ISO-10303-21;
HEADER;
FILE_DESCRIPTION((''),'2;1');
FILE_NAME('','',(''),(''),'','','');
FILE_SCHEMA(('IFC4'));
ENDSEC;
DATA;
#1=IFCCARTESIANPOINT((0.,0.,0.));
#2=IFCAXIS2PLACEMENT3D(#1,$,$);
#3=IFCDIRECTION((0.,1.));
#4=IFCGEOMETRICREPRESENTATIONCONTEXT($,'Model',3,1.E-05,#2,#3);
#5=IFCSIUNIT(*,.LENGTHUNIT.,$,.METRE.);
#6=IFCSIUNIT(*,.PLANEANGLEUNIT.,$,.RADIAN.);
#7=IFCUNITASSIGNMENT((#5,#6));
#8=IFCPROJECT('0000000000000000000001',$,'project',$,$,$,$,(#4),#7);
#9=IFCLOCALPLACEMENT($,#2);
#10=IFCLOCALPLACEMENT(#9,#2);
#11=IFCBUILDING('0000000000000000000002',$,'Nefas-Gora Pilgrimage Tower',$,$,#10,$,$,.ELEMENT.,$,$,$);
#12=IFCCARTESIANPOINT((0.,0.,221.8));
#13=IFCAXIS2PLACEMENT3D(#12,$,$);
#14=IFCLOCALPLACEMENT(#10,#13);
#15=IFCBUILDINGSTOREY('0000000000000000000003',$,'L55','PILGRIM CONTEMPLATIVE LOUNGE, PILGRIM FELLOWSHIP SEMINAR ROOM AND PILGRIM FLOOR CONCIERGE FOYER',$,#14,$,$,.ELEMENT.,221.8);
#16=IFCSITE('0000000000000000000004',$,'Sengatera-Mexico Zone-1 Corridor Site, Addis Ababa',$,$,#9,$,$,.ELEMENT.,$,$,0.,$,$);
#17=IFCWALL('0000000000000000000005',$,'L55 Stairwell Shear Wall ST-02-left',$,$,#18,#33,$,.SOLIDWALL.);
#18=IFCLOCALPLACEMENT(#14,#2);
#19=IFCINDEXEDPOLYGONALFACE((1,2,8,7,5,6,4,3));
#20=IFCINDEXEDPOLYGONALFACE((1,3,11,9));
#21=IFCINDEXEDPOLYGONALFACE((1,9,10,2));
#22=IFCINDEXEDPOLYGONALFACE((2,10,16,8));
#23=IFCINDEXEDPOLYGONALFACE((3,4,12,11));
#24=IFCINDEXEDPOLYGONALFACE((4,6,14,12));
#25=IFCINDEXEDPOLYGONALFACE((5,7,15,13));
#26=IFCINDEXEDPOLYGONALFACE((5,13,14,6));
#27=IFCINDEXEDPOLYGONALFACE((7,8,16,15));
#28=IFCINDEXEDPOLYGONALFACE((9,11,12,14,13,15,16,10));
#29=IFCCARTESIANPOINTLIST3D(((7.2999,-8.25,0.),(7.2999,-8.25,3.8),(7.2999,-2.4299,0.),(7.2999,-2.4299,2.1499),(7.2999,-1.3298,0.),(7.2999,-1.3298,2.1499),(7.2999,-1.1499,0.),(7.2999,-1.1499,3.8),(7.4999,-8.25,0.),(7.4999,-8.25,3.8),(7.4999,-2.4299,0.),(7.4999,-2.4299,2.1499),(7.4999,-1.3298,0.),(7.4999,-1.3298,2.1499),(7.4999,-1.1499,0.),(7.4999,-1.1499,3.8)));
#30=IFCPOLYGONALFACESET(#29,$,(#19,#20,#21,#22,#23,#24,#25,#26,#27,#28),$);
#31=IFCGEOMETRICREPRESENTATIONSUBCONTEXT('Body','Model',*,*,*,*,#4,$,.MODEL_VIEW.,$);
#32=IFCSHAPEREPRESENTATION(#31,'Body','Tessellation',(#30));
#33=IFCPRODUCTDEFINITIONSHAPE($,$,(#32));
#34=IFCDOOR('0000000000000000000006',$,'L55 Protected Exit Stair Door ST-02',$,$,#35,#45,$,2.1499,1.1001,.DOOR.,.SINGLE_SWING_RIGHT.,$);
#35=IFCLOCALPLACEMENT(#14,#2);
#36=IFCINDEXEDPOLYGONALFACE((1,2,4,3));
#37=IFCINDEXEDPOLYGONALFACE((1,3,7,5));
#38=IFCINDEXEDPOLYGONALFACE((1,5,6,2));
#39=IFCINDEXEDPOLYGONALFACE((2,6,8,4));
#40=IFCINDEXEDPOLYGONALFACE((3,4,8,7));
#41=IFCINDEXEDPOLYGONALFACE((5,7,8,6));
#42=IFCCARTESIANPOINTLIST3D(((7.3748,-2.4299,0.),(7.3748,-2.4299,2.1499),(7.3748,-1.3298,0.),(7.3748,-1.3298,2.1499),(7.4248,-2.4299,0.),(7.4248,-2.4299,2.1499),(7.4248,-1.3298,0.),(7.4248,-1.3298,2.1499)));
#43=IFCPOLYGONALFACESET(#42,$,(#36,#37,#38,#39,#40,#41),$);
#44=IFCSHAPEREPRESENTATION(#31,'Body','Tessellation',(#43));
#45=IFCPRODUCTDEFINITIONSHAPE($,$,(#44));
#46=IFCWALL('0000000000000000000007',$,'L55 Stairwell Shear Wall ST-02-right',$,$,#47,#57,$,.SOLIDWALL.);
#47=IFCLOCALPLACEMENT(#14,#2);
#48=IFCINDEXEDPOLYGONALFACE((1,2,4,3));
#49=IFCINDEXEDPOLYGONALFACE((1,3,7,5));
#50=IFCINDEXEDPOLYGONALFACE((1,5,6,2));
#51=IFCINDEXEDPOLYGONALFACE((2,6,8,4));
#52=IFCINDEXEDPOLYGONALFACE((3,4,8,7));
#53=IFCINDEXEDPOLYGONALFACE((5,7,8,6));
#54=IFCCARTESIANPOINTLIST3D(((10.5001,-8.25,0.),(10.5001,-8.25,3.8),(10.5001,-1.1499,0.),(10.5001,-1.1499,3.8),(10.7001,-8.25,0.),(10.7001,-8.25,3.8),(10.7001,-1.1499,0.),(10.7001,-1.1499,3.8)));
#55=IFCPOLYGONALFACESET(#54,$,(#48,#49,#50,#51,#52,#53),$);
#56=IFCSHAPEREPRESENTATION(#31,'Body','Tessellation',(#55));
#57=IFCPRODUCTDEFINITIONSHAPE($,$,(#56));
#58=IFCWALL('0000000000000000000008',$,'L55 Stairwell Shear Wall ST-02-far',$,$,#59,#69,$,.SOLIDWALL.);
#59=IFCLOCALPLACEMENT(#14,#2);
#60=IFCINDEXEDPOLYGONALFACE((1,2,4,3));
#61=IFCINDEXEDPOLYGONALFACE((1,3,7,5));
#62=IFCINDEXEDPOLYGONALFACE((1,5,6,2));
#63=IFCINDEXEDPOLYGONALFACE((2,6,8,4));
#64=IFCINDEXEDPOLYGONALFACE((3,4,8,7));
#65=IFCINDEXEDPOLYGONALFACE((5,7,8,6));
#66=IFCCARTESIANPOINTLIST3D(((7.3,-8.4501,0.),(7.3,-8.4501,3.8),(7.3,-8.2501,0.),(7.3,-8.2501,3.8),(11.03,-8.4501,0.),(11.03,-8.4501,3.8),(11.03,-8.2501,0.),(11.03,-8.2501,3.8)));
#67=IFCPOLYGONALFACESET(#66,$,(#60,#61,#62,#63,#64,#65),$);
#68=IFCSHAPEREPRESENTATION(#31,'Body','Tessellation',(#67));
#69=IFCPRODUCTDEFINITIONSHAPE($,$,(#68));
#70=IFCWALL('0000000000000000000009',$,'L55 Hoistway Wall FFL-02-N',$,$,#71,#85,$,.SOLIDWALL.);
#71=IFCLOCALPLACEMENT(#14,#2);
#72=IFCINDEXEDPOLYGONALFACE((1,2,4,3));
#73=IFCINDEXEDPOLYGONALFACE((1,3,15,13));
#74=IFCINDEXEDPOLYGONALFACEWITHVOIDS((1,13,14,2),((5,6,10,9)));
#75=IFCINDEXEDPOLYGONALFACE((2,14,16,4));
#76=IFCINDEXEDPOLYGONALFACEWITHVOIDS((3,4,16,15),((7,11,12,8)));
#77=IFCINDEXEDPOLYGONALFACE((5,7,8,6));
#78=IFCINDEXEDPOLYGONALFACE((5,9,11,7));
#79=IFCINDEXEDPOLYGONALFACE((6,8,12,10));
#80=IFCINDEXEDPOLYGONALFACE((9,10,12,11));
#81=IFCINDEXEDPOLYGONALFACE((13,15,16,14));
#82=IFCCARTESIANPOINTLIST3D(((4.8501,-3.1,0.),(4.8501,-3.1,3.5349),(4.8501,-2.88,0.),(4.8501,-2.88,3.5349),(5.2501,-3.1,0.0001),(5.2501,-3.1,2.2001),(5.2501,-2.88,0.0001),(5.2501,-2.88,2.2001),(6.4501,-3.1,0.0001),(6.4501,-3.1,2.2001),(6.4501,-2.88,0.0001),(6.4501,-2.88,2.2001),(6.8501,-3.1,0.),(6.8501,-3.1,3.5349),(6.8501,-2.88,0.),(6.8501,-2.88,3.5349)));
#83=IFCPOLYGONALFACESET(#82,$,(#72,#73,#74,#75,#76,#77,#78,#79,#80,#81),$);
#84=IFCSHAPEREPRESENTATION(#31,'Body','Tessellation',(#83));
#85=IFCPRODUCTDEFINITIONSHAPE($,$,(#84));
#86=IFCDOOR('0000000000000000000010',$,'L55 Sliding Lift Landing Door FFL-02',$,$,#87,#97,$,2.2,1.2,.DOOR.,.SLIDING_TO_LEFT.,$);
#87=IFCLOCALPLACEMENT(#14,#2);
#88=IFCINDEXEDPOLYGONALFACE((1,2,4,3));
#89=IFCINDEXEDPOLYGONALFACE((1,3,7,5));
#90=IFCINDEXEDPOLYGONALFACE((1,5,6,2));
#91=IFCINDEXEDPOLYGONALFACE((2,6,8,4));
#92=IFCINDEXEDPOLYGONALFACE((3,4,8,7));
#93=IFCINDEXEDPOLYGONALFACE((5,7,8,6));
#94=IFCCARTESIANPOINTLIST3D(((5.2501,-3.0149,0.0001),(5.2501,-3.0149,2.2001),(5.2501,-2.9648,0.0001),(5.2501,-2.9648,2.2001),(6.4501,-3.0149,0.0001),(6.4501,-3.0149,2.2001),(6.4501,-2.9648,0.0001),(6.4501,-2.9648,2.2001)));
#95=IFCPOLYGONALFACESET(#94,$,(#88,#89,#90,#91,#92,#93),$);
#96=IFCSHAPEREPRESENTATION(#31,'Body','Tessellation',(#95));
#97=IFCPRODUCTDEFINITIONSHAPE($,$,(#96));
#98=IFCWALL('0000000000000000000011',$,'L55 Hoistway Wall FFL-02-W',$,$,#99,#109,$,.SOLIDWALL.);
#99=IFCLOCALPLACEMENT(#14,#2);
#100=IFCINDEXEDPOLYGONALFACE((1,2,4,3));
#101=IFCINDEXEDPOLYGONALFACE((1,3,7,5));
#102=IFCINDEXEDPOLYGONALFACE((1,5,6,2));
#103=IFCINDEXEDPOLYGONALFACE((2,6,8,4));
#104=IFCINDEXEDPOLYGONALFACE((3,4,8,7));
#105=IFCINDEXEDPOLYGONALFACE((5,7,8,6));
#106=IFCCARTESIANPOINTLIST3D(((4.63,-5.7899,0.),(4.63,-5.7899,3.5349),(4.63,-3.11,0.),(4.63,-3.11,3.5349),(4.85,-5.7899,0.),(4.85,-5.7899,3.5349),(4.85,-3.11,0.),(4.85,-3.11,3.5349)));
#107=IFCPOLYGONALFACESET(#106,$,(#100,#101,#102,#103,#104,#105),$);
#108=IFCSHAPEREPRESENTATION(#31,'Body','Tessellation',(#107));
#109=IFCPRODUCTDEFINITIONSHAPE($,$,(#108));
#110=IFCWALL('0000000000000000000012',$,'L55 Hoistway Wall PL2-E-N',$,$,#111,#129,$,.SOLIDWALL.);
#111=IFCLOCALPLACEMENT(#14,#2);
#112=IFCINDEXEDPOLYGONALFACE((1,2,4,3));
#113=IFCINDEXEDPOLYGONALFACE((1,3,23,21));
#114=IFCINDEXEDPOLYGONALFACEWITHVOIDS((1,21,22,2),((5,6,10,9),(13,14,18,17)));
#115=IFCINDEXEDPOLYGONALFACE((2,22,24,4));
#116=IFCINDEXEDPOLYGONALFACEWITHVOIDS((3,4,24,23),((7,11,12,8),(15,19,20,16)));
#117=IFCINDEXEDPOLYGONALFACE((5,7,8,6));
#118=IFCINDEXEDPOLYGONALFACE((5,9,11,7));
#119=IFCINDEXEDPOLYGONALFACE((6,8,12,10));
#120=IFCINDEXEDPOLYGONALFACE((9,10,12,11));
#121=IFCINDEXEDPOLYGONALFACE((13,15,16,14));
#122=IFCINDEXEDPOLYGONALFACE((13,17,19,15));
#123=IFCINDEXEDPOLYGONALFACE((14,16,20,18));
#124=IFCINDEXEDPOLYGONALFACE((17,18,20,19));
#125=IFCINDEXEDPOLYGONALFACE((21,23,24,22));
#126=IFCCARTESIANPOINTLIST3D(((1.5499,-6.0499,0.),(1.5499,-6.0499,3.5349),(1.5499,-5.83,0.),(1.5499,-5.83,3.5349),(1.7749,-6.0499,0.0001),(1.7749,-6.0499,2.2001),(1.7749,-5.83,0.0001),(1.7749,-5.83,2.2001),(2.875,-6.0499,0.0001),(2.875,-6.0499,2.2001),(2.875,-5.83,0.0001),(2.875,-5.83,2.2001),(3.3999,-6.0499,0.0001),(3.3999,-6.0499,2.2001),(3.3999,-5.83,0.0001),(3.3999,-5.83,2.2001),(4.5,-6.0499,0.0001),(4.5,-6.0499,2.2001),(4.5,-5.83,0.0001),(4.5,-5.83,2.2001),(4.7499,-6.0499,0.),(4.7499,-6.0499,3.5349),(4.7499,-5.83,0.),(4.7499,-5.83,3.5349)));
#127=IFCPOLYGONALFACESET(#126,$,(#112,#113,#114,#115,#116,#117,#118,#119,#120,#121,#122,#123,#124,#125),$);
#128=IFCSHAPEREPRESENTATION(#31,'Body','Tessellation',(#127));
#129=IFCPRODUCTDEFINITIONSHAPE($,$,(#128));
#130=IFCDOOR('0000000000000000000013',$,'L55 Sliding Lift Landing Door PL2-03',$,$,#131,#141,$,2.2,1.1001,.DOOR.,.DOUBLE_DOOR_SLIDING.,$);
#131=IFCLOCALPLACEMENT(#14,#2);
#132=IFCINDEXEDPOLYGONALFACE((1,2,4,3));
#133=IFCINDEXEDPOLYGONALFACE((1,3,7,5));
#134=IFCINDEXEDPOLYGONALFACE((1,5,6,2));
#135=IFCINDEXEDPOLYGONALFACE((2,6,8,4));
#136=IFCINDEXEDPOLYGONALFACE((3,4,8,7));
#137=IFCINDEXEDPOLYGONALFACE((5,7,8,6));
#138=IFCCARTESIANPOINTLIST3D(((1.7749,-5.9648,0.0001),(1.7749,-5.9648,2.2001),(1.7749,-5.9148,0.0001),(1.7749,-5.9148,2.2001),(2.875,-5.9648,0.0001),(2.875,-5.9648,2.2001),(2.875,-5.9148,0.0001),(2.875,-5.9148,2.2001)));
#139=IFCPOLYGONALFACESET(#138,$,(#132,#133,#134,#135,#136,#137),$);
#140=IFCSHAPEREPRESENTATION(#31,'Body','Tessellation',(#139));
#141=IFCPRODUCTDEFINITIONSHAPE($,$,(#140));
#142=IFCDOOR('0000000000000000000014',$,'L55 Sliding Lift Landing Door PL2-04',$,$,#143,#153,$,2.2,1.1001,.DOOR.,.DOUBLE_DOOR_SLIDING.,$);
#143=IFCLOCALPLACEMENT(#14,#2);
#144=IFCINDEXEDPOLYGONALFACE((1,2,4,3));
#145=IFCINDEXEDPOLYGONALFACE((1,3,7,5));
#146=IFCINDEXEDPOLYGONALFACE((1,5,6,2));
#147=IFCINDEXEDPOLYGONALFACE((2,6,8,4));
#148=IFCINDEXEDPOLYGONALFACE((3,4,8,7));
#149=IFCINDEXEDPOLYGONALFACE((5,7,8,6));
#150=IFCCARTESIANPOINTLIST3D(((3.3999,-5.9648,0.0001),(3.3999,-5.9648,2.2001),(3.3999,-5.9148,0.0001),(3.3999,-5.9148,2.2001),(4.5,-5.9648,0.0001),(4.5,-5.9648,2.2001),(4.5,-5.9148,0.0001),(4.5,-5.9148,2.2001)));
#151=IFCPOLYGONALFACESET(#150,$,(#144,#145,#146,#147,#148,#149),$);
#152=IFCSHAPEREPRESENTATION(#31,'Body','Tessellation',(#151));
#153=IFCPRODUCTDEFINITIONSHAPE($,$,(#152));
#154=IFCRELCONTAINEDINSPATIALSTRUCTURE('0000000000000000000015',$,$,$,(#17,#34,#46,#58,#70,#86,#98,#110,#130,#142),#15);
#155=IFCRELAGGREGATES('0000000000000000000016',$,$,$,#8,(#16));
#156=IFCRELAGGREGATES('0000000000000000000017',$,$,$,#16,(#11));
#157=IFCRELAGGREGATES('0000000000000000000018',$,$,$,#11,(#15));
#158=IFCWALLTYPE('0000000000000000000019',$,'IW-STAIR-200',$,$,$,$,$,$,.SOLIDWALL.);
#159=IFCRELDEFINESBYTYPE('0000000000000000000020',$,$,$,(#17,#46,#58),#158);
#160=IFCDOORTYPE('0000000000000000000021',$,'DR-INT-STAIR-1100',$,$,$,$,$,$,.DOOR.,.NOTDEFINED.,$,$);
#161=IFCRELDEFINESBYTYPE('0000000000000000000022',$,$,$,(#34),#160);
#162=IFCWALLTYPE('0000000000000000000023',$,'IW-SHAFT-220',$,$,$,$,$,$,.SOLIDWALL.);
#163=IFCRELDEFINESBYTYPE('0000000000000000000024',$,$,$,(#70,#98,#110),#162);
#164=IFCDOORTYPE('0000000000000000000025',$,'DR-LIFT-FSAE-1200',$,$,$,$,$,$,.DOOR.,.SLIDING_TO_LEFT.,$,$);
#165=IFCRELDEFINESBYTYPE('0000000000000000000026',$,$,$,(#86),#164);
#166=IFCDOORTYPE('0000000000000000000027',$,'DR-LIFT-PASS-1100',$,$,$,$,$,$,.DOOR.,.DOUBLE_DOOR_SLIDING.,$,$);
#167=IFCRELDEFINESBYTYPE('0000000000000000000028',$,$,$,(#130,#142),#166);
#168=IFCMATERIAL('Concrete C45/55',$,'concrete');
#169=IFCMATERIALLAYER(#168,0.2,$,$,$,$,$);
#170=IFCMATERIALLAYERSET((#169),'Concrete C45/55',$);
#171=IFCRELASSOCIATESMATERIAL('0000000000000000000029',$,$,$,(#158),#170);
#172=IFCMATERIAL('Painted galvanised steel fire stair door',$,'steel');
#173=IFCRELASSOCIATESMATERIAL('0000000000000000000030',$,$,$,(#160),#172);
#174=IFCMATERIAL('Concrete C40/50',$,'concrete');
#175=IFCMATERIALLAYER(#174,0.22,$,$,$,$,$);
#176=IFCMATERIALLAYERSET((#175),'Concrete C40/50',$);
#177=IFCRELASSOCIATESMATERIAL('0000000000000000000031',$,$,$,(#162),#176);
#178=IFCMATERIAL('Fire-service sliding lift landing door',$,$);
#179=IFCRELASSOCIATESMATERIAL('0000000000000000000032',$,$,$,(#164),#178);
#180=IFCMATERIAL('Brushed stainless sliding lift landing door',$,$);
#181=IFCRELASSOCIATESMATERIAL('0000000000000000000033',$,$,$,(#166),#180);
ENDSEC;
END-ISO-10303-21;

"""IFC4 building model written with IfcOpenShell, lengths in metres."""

from ifc_helpers import new_model, si_unit, direction, frame, frame_2d, origin, place, context, subcontext, project, spatial, rectangle, extrude, source, transform, mapped, material, layer, layer_set, type_object, element, fill, save


model = new_model("IFC4")

# Units and contexts
model_context = context("Model", 3, precision=1e-05, world=origin(), true_north=direction((0.0, 1.0)))
body_context = subcontext(model_context, "Body", "Model", "MODEL_VIEW")
ifc_project = project(units=[si_unit("LENGTHUNIT", "METRE"), si_unit("PLANEANGLEUNIT", "RADIAN")], contexts=[model_context])

# Site, building, storey
site_placement = place(None, origin())
site = spatial("IfcSite", under=ifc_project, at=site_placement, Name="Sengatera-Mexico Zone-1 Corridor Site, Addis Ababa", CompositionType="ELEMENT", RefElevation=0.0)
building_placement = place(site_placement, origin())
building = spatial("IfcBuilding", under=site, at=building_placement, Name="Nefas-Gora Pilgrimage Tower", CompositionType="ELEMENT")
storey_placement = place(building_placement, frame((0.0, 0.0, 221.8)))
storey = spatial("IfcBuildingStorey", under=building, at=storey_placement, Name="L55", Description="PILGRIM CONTEMPLATIVE LOUNGE, PILGRIM FELLOWSHIP SEMINAR ROOM AND PILGRIM FLOOR CONCIERGE FOYER", CompositionType="ELEMENT", Elevation=221.8)

# Wall, opening, door
ifc_material_1 = material(Name="Concrete C45/55", Category="concrete")
ifc_layer_1 = layer(ifc_material_1, 0.2)
ifc_layer_set_1 = layer_set([ifc_layer_1], Name="Concrete C45/55")
wall_type_1 = type_object("IfcWallType", Name="IW-STAIR-200", PredefinedType="SOLIDWALL", material=ifc_layer_set_1)
shared_shape_1 = source(origin(), body_context, "Body", "SweptSolid", [
    extrude(rectangle(XDim=7.1001, YDim=0.2, at=frame_2d((3.55, 0.0))), origin(), (0.0, 0.0, 1.0), 3.8),
])
wall_1_placement = place(storey_placement, frame((7.3999, -1.1499, 0.0), z_axis=(0.0, 0.0, 1.0), x_axis=(0.0, -1.0, 0.0)))
wall_1 = element("IfcWall", 1, at=wall_1_placement, inside=storey, type_object=wall_type_1, Name="L55 Stairwell Shear Wall ST-02-left", PredefinedType="SOLIDWALL", context=body_context, shape_type="MappedRepresentation", body=[
    mapped(shared_shape_1, transform((0.0, 0.0, 0.0), x_axis=(1.0, 0.0, 0.0), y_axis=(0.0, 1.0, 0.0), z_axis=(0.0, 0.0, 1.0), scale=1.0)),
])
opening_1_placement = place(wall_1_placement, frame((0.1799, 0.0, 0.0)))
opening_1 = element("IfcOpeningElement", 2, at=opening_1_placement, cuts=wall_1, PredefinedType="OPENING", context=body_context, shape_type="SweptSolid", body=[
    extrude(rectangle(XDim=1.1001, YDim=2.1499, at=frame_2d((0.55, 1.075))), frame((0.0, 0.1099, 0.0), z_axis=(0.0, -1.0, 0.0), x_axis=(1.0, 0.0, 0.0)), (0.0, 0.0, 1.0), 0.22),
])
ifc_material_2 = material(Name="Painted galvanised steel fire stair door", Category="steel")
door_type_1 = type_object("IfcDoorType", Name="DR-INT-STAIR-1100", OperationType="NOTDEFINED", PredefinedType="DOOR", material=ifc_material_2)
shared_shape_2 = source(origin(), body_context, "Body", "SweptSolid", [
    extrude(rectangle(XDim=1.1001, YDim=2.1499, at=frame_2d((0.55, 1.075))), frame((0.0, 0.0249, 0.0), z_axis=(0.0, -1.0, 0.0), x_axis=(1.0, 0.0, 0.0)), (0.0, 0.0, 1.0), 0.05),
])
door_1_placement = place(opening_1_placement, origin())
door_1 = element("IfcDoor", 3, at=door_1_placement, inside=storey, type_object=door_type_1, Name="L55 Protected Exit Stair Door ST-02", OperationType="SINGLE_SWING_RIGHT", OverallHeight=2.1499, OverallWidth=1.1001, PredefinedType="DOOR", context=body_context, shape_type="MappedRepresentation", body=[
    mapped(shared_shape_2, transform((0.0, 0.0, 0.0), x_axis=(1.0, 0.0, 0.0), y_axis=(0.0, 1.0, 0.0), z_axis=(0.0, 0.0, 1.0), scale=1.0)),
])
fill(opening_1, door_1)

# Walls
wall_2_placement = place(storey_placement, frame((10.6001, -1.1499, 0.0), z_axis=(0.0, 0.0, 1.0), x_axis=(0.0, -1.0, 0.0)))
element("IfcWall", 4, at=wall_2_placement, inside=storey, type_object=wall_type_1, Name="L55 Stairwell Shear Wall ST-02-right", PredefinedType="SOLIDWALL", context=body_context, shape_type="MappedRepresentation", body=[
    mapped(shared_shape_1, transform((0.0, 0.0, 0.0), x_axis=(1.0, 0.0, 0.0), y_axis=(0.0, 1.0, 0.0), z_axis=(0.0, 0.0, 1.0), scale=1.0)),
])
shared_shape_3 = source(origin(), body_context, "Body", "SweptSolid", [
    extrude(rectangle(XDim=3.73, YDim=0.2, at=frame_2d((1.865, 0.0))), origin(), (0.0, 0.0, 1.0), 3.8),
])
wall_3_placement = place(storey_placement, frame((7.3, -8.3501, 0.0), z_axis=(0.0, 0.0, 1.0), x_axis=(1.0, 0.0, 0.0)))
element("IfcWall", 5, at=wall_3_placement, inside=storey, type_object=wall_type_1, Name="L55 Stairwell Shear Wall ST-02-far", PredefinedType="SOLIDWALL", context=body_context, shape_type="MappedRepresentation", body=[
    mapped(shared_shape_3, transform((0.0, 0.0, 0.0), x_axis=(1.0, 0.0, 0.0), y_axis=(0.0, 1.0, 0.0), z_axis=(0.0, 0.0, 1.0), scale=1.0)),
])

# Wall, opening, door
ifc_material_3 = material(Name="Concrete C40/50", Category="concrete")
ifc_layer_2 = layer(ifc_material_3, 0.22)
ifc_layer_set_2 = layer_set([ifc_layer_2], Name="Concrete C40/50")
wall_type_2 = type_object("IfcWallType", Name="IW-SHAFT-220", PredefinedType="SOLIDWALL", material=ifc_layer_set_2)
shared_shape_4 = source(origin(), body_context, "Body", "SweptSolid", [
    extrude(rectangle(XDim=2.0, YDim=0.22, at=frame_2d((1.0, 0.0))), origin(), (0.0, 0.0, 1.0), 3.5349),
])
wall_4_placement = place(storey_placement, frame((6.8501, -2.99, 0.0), z_axis=(0.0, 0.0, 1.0), x_axis=(-1.0, 0.0, 0.0)))
wall_4 = element("IfcWall", 6, at=wall_4_placement, inside=storey, type_object=wall_type_2, Name="L55 Hoistway Wall FFL-02-N", PredefinedType="SOLIDWALL", context=body_context, shape_type="MappedRepresentation", body=[
    mapped(shared_shape_4, transform((0.0, 0.0, 0.0), x_axis=(1.0, 0.0, 0.0), y_axis=(0.0, 1.0, 0.0), z_axis=(0.0, 0.0, 1.0), scale=1.0)),
])
opening_2_placement = place(wall_4_placement, frame((0.3999, 0.0, 0.0)))
opening_2 = element("IfcOpeningElement", 7, at=opening_2_placement, cuts=wall_4, PredefinedType="OPENING", context=body_context, shape_type="SweptSolid", body=[
    extrude(rectangle(XDim=1.2, YDim=2.2, at=frame_2d((0.6001, 1.1001))), frame((0.0, 0.1199, 0.0), z_axis=(0.0, -1.0, 0.0), x_axis=(1.0, 0.0, 0.0)), (0.0, 0.0, 1.0), 0.24),
])
ifc_material_4 = material(Name="Fire-service sliding lift landing door")
door_type_2 = type_object("IfcDoorType", Name="DR-LIFT-FSAE-1200", OperationType="SLIDING_TO_LEFT", PredefinedType="DOOR", material=ifc_material_4)
shared_shape_5 = source(origin(), body_context, "Body", "SweptSolid", [
    extrude(rectangle(XDim=1.2, YDim=2.2, at=frame_2d((0.6001, 1.1001))), frame((0.0, 0.0249, 0.0), z_axis=(0.0, -1.0, 0.0), x_axis=(1.0, 0.0, 0.0)), (0.0, 0.0, 1.0), 0.05),
])
door_2_placement = place(opening_2_placement, origin())
door_2 = element("IfcDoor", 8, at=door_2_placement, inside=storey, type_object=door_type_2, Name="L55 Sliding Lift Landing Door FFL-02", OperationType="SLIDING_TO_LEFT", OverallHeight=2.2, OverallWidth=1.2, PredefinedType="DOOR", context=body_context, shape_type="MappedRepresentation", body=[
    mapped(shared_shape_5, transform((0.0, 0.0, 0.0), x_axis=(1.0, 0.0, 0.0), y_axis=(0.0, 1.0, 0.0), z_axis=(0.0, 0.0, 1.0), scale=1.0)),
])
fill(opening_2, door_2)

# Wall
shared_shape_6 = source(origin(), body_context, "Body", "SweptSolid", [
    extrude(rectangle(XDim=2.6799, YDim=0.22, at=frame_2d((1.3398, 0.0))), origin(), (0.0, 0.0, 1.0), 3.5349),
])
wall_5_placement = place(storey_placement, frame((4.74, -3.1101, 0.0), z_axis=(0.0, 0.0, 1.0), x_axis=(0.0, -1.0, 0.0)))
element("IfcWall", 9, at=wall_5_placement, inside=storey, type_object=wall_type_2, Name="L55 Hoistway Wall FFL-02-W", PredefinedType="SOLIDWALL", context=body_context, shape_type="MappedRepresentation", body=[
    mapped(shared_shape_6, transform((0.0, 0.0, 0.0), x_axis=(1.0, 0.0, 0.0), y_axis=(0.0, 1.0, 0.0), z_axis=(0.0, 0.0, 1.0), scale=1.0)),
])

# Wall, openings, doors
shared_shape_7 = source(origin(), body_context, "Body", "SweptSolid", [
    extrude(rectangle(XDim=3.2, YDim=0.22, at=frame_2d((1.6001, 0.0))), origin(), (0.0, 0.0, 1.0), 3.5349),
])
wall_6_placement = place(storey_placement, frame((4.75, -5.9399, 0.0), z_axis=(0.0, 0.0, 1.0), x_axis=(-1.0, 0.0, 0.0)))
wall_6 = element("IfcWall", 10, at=wall_6_placement, inside=storey, type_object=wall_type_2, Name="L55 Hoistway Wall PL2-E-N", PredefinedType="SOLIDWALL", context=body_context, shape_type="MappedRepresentation", body=[
    mapped(shared_shape_7, transform((0.0, 0.0, 0.0), x_axis=(1.0, 0.0, 0.0), y_axis=(0.0, 1.0, 0.0), z_axis=(0.0, 0.0, 1.0), scale=1.0)),
])
opening_3_placement = place(wall_6_placement, frame((1.875, 0.0, 0.0)))
opening_3 = element("IfcOpeningElement", 11, at=opening_3_placement, cuts=wall_6, PredefinedType="OPENING", context=body_context, shape_type="SweptSolid", body=[
    extrude(rectangle(XDim=1.1001, YDim=2.2, at=frame_2d((0.55, 1.1001))), frame((0.0, 0.1199, 0.0), z_axis=(0.0, -1.0, 0.0), x_axis=(1.0, 0.0, 0.0)), (0.0, 0.0, 1.0), 0.24),
])
opening_4_placement = place(wall_6_placement, frame((0.25, 0.0, 0.0)))
opening_4 = element("IfcOpeningElement", 12, at=opening_4_placement, cuts=wall_6, PredefinedType="OPENING", context=body_context, shape_type="SweptSolid", body=[
    extrude(rectangle(XDim=1.1001, YDim=2.2, at=frame_2d((0.55, 1.1001))), frame((0.0, 0.1199, 0.0), z_axis=(0.0, -1.0, 0.0), x_axis=(1.0, 0.0, 0.0)), (0.0, 0.0, 1.0), 0.24),
])
ifc_material_5 = material(Name="Brushed stainless sliding lift landing door")
door_type_3 = type_object("IfcDoorType", Name="DR-LIFT-PASS-1100", OperationType="DOUBLE_DOOR_SLIDING", PredefinedType="DOOR", material=ifc_material_5)
shared_shape_8 = source(origin(), body_context, "Body", "SweptSolid", [
    extrude(rectangle(XDim=1.1001, YDim=2.2, at=frame_2d((0.55, 1.1001))), frame((0.0, 0.0249, 0.0), z_axis=(0.0, -1.0, 0.0), x_axis=(1.0, 0.0, 0.0)), (0.0, 0.0, 1.0), 0.05),
])
door_3_placement = place(opening_3_placement, origin())
door_3 = element("IfcDoor", 13, at=door_3_placement, inside=storey, type_object=door_type_3, Name="L55 Sliding Lift Landing Door PL2-03", OperationType="DOUBLE_DOOR_SLIDING", OverallHeight=2.2, OverallWidth=1.1001, PredefinedType="DOOR", context=body_context, shape_type="MappedRepresentation", body=[
    mapped(shared_shape_8, transform((0.0, 0.0, 0.0), x_axis=(1.0, 0.0, 0.0), y_axis=(0.0, 1.0, 0.0), z_axis=(0.0, 0.0, 1.0), scale=1.0)),
])
fill(opening_3, door_3)
door_4_placement = place(opening_4_placement, origin())
door_4 = element("IfcDoor", 14, at=door_4_placement, inside=storey, type_object=door_type_3, Name="L55 Sliding Lift Landing Door PL2-04", OperationType="DOUBLE_DOOR_SLIDING", OverallHeight=2.2, OverallWidth=1.1001, PredefinedType="DOOR", context=body_context, shape_type="MappedRepresentation", body=[
    mapped(shared_shape_8, transform((0.0, 0.0, 0.0), x_axis=(1.0, 0.0, 0.0), y_axis=(0.0, 1.0, 0.0), z_axis=(0.0, 0.0, 1.0), scale=1.0)),
])
fill(opening_4, door_4)

save(model, "model.ifc")
